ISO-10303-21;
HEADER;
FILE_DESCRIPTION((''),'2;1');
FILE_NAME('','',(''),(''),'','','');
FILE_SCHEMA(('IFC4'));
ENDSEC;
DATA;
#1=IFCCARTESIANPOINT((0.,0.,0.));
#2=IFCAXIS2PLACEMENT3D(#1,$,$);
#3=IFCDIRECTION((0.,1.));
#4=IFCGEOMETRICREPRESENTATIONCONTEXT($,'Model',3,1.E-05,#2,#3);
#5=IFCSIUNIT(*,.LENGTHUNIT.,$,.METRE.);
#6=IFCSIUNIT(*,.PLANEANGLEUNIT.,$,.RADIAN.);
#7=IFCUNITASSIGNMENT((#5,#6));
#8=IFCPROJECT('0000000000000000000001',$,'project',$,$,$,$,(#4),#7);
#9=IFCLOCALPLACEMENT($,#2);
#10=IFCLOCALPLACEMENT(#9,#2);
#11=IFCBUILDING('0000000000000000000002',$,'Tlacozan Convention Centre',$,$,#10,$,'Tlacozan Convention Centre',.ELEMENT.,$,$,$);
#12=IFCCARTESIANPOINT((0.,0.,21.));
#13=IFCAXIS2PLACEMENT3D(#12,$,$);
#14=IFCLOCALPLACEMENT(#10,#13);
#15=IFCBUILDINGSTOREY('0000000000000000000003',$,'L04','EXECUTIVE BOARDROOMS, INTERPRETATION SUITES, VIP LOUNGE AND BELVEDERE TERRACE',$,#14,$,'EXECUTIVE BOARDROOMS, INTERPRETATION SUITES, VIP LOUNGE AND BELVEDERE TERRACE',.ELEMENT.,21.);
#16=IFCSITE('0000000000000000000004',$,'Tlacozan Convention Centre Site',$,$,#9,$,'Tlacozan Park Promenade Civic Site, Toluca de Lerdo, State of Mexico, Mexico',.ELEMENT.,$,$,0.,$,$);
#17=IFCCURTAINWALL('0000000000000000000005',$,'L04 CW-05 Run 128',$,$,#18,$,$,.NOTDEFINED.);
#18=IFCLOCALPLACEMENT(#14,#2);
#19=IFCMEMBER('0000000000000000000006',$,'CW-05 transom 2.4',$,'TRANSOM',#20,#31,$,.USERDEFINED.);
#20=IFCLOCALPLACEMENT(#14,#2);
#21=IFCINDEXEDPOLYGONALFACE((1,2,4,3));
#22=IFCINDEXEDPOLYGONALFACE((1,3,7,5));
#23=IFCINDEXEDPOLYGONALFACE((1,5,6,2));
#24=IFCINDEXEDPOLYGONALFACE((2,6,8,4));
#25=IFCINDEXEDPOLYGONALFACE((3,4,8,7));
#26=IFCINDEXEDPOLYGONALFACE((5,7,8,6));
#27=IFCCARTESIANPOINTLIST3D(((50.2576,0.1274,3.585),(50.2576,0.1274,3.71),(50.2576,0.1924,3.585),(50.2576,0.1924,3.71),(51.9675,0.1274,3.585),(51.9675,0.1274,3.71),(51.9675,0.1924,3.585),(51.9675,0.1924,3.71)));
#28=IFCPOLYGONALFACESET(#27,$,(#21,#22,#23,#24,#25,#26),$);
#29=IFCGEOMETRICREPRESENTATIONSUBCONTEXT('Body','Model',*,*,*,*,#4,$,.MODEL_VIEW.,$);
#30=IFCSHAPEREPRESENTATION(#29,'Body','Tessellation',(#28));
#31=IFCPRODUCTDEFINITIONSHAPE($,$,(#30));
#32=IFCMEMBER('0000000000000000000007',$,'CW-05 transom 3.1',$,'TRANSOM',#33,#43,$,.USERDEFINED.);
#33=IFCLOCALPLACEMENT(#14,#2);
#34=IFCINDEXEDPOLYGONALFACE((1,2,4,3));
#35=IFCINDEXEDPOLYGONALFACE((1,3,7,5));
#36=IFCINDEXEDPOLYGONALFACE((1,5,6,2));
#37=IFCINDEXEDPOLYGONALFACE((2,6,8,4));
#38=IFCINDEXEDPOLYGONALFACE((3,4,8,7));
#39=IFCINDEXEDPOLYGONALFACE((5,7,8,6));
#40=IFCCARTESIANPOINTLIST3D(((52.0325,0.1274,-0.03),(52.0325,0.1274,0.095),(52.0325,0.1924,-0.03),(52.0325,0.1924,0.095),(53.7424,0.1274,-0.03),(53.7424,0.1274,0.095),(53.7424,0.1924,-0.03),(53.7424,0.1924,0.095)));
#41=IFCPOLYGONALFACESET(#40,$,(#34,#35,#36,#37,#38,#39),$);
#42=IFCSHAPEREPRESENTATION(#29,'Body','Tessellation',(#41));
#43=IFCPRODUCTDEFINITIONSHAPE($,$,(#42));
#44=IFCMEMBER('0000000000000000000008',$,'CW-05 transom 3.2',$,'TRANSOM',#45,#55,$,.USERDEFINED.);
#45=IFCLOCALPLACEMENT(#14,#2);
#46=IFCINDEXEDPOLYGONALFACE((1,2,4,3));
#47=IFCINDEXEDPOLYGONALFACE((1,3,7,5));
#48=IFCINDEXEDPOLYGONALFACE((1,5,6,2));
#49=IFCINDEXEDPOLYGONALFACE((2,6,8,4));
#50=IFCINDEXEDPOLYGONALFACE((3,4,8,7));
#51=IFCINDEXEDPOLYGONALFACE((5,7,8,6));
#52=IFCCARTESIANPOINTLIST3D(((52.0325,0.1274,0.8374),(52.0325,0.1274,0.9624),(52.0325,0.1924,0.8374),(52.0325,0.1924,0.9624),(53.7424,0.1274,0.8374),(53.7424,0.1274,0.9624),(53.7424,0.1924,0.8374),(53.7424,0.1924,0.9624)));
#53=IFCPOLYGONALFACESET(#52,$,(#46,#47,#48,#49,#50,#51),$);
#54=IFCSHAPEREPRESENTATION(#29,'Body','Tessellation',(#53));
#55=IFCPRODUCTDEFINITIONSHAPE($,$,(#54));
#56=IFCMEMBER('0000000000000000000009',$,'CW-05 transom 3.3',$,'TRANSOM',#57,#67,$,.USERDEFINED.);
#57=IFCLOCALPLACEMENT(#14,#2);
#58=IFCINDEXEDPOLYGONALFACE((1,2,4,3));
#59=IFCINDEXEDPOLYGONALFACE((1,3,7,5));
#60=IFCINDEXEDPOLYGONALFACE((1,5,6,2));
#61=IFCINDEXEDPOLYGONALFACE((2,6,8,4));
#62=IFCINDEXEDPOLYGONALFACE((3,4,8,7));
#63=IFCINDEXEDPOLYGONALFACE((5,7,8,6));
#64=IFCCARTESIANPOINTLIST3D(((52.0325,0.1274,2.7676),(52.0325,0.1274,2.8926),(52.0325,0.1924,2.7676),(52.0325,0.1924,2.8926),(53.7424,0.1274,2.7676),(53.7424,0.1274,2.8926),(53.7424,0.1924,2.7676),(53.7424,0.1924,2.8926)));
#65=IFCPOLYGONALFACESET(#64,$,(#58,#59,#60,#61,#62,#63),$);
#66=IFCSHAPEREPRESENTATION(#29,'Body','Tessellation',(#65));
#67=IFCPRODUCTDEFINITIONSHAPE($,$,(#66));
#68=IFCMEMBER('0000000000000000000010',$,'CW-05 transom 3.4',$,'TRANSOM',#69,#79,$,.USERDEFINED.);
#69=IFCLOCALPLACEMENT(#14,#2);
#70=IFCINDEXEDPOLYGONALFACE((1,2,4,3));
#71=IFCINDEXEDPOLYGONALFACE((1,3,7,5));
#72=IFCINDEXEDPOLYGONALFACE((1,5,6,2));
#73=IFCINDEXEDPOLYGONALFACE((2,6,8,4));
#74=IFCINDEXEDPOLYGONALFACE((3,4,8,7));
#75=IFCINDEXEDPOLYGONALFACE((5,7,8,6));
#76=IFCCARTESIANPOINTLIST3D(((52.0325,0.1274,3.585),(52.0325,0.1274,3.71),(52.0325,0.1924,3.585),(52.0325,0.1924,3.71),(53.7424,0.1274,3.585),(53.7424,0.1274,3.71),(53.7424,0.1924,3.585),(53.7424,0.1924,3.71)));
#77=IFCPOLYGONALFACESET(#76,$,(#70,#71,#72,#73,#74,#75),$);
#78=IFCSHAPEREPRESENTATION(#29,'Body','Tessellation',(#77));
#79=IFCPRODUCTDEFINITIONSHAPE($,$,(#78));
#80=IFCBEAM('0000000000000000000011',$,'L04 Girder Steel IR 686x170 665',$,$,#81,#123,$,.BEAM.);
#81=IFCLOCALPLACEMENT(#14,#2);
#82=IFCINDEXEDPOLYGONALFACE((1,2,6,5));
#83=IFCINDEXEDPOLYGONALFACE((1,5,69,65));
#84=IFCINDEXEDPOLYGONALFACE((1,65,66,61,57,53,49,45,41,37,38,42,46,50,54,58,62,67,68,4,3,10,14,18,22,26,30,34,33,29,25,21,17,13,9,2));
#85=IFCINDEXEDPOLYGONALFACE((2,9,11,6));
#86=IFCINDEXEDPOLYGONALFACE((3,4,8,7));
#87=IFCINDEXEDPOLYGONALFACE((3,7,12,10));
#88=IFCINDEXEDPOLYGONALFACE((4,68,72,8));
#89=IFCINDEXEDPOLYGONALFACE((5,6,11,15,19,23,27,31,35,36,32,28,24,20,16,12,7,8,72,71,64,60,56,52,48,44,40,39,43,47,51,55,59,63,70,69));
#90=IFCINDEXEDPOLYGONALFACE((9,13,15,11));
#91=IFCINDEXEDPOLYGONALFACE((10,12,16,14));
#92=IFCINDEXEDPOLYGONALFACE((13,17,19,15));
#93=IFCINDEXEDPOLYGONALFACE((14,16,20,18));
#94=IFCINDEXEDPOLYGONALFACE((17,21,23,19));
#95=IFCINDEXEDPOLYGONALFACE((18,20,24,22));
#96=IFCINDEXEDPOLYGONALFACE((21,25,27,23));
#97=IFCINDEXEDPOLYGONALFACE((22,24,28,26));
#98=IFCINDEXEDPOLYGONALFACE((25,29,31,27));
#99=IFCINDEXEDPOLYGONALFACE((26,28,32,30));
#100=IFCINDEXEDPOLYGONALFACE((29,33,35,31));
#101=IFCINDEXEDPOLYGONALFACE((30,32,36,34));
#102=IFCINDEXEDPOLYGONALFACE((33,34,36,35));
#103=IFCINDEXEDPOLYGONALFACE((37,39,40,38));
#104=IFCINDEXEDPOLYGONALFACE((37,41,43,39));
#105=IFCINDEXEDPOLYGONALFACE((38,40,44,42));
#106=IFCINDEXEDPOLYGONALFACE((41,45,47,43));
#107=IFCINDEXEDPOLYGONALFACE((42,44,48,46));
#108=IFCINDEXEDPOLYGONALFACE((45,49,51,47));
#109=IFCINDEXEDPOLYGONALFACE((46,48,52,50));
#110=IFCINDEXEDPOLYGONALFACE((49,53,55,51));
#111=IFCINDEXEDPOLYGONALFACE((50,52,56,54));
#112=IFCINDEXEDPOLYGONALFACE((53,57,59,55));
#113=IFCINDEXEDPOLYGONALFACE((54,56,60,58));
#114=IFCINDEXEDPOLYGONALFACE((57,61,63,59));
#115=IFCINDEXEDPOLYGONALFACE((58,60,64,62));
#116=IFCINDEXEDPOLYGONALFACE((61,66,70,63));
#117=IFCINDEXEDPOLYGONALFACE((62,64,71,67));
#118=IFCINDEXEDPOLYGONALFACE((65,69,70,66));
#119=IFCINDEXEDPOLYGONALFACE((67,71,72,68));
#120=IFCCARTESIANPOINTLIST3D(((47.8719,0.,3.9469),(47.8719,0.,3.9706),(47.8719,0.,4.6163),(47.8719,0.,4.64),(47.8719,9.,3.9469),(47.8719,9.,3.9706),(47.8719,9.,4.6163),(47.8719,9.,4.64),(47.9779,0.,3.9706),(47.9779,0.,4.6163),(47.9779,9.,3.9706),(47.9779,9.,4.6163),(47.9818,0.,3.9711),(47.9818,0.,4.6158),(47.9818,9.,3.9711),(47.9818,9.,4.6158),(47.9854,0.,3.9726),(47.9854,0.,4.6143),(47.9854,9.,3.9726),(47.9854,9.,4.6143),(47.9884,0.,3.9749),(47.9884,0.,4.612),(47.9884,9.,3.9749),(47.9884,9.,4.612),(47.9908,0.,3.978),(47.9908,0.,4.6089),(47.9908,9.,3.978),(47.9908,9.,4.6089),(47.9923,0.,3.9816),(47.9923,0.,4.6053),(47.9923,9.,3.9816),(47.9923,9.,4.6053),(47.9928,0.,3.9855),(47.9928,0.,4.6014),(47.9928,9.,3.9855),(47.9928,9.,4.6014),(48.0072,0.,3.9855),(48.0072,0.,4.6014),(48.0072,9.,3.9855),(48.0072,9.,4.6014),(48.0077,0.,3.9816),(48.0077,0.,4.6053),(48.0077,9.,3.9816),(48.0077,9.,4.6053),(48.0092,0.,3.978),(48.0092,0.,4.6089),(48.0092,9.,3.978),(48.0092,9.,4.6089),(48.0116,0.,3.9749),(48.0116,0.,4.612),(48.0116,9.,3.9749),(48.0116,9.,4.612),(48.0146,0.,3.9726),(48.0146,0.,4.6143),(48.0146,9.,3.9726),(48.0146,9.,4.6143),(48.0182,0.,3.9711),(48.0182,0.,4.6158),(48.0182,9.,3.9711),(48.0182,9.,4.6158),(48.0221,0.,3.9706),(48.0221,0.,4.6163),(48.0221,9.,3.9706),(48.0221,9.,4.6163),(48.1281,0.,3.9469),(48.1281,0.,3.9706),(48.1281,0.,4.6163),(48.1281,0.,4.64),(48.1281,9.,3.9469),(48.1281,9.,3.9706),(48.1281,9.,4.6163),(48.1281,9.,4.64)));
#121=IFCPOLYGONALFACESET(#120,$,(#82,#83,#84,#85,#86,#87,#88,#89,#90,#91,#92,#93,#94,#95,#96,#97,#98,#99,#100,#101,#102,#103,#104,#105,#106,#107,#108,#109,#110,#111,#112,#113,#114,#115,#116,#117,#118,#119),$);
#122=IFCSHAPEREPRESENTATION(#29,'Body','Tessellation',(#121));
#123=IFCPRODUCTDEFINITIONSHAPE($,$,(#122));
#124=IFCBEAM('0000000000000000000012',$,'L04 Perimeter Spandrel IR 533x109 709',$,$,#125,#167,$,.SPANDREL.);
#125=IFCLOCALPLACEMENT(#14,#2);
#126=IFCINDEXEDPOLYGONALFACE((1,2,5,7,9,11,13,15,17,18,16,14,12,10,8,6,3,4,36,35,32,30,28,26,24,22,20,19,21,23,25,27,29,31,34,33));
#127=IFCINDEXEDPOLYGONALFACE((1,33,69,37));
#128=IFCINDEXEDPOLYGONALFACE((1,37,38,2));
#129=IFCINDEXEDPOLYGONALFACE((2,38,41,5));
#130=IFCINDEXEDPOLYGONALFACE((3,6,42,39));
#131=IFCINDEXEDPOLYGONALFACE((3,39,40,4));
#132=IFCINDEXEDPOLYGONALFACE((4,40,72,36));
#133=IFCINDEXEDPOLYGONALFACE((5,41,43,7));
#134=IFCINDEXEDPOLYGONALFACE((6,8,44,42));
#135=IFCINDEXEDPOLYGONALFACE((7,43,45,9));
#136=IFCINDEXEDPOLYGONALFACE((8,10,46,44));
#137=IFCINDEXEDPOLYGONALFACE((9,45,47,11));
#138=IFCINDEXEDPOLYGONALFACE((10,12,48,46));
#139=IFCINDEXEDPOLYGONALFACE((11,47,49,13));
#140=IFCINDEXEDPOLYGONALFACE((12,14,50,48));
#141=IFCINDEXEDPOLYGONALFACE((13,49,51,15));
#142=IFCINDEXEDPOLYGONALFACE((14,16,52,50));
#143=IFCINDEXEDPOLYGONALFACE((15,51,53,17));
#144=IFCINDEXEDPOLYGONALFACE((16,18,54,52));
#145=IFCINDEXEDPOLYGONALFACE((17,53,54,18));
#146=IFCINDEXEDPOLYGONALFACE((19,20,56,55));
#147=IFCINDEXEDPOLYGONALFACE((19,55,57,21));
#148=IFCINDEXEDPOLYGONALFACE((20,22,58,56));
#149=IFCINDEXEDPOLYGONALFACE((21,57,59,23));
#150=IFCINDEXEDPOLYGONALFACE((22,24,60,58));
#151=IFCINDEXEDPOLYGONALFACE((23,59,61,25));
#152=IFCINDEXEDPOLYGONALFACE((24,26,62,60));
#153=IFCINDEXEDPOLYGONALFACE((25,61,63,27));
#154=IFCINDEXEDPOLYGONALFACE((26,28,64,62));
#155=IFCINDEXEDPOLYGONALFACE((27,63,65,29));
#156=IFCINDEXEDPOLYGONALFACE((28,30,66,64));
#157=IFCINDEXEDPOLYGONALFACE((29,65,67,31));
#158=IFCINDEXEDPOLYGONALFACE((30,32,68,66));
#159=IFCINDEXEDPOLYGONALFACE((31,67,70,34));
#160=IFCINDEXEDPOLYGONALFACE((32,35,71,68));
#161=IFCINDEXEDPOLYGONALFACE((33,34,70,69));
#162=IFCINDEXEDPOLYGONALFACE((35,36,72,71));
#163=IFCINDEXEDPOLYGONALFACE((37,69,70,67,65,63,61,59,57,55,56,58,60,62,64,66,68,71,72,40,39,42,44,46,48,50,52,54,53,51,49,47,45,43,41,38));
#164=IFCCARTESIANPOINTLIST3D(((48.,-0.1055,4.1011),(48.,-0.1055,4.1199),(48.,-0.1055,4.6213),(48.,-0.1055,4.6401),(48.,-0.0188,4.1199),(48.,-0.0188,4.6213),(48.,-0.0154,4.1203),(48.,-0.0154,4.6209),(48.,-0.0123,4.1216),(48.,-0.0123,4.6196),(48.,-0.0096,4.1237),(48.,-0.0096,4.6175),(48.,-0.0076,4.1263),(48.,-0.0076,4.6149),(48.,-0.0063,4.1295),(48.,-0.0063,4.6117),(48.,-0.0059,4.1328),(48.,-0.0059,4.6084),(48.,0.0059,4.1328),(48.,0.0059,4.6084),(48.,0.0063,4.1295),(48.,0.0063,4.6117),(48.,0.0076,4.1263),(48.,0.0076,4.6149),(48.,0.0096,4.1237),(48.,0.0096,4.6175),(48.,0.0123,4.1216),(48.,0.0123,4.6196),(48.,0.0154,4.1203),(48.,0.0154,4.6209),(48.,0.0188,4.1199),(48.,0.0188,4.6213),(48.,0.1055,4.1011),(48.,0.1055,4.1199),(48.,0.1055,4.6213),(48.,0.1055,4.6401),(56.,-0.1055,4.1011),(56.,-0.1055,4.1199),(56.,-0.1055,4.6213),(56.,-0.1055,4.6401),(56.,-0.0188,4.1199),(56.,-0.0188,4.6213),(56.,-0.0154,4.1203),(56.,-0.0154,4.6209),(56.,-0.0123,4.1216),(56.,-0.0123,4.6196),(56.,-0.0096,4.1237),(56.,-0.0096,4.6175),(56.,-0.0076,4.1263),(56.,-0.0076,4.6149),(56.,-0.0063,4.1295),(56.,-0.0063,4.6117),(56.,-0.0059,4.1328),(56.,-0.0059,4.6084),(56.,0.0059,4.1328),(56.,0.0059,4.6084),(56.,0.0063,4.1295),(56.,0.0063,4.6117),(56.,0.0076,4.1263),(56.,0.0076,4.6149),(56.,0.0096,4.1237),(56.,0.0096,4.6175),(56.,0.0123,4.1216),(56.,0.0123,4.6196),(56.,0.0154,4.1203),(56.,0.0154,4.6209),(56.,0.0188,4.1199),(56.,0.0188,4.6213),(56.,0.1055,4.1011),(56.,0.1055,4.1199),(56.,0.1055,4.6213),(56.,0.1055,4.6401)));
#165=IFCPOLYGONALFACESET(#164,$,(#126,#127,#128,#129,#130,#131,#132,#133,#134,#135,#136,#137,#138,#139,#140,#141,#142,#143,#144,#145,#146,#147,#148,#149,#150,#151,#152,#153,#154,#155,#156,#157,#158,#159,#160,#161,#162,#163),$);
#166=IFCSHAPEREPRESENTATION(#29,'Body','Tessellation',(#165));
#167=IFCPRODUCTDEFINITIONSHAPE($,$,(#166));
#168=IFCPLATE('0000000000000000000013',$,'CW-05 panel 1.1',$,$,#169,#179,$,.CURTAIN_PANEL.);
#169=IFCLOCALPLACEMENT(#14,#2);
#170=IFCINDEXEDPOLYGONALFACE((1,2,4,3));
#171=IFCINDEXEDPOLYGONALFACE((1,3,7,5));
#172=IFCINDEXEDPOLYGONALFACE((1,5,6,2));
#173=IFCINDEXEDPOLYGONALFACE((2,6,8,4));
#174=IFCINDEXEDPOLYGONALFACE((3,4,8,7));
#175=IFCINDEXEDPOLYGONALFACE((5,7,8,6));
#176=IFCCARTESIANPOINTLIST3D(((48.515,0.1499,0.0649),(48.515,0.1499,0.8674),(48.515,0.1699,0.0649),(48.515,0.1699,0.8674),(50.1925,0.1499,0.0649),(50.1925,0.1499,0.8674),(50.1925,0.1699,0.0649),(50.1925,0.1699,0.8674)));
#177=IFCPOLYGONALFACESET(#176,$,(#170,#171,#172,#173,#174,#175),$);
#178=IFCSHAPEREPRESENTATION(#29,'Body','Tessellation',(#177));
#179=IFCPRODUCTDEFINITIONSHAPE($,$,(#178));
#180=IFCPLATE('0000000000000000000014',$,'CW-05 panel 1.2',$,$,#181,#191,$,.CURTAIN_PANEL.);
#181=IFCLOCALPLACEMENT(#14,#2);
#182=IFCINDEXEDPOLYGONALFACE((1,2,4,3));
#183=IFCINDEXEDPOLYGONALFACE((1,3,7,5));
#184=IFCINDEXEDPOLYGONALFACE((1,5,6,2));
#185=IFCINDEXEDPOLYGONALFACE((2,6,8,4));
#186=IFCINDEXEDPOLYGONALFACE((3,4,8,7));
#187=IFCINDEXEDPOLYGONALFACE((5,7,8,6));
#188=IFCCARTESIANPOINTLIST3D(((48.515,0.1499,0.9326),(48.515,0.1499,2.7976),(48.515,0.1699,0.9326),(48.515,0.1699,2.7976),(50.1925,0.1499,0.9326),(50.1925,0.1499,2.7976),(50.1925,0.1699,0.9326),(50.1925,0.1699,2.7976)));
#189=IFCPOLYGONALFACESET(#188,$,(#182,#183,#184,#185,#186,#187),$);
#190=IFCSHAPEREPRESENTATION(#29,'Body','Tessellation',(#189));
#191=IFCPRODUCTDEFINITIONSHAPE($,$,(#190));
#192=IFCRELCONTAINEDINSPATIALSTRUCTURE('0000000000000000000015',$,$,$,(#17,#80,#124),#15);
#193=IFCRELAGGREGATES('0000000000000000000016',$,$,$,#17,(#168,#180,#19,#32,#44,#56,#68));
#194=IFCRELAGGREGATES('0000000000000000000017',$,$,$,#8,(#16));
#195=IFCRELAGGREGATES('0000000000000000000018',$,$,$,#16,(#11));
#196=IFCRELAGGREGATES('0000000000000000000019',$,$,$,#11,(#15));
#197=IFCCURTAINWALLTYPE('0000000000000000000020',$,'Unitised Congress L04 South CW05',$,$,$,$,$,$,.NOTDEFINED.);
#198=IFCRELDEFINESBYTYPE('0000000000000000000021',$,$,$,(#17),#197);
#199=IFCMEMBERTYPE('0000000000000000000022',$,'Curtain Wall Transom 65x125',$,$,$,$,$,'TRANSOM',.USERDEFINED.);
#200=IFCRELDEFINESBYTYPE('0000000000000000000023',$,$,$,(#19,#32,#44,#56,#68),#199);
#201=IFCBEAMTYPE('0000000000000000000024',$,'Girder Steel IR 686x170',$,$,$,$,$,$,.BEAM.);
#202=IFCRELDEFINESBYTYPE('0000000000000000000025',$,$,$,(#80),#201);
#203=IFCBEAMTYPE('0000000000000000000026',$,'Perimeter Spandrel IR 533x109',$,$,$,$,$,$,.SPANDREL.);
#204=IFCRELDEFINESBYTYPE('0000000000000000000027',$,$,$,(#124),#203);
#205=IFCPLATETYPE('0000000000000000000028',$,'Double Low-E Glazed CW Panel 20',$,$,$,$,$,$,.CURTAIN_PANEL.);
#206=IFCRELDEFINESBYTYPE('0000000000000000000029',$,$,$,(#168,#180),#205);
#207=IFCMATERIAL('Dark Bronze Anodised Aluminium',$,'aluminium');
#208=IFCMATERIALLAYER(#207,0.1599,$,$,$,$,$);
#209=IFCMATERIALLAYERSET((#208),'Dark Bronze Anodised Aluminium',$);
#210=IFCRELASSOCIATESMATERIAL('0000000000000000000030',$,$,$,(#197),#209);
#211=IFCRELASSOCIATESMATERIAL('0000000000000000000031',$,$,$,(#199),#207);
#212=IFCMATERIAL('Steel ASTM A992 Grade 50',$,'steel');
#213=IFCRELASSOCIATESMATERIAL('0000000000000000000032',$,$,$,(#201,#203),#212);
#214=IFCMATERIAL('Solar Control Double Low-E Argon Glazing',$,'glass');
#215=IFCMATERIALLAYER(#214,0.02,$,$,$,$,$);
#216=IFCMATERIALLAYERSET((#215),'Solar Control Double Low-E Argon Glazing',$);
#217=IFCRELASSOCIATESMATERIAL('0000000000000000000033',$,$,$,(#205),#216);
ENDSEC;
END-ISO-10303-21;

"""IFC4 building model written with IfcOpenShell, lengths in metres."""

from ifc_helpers import new_model, si_unit, direction, frame, origin, origin_2d, place, context, subcontext, project, spatial, rectangle, i_section, extrude, material, layer, layer_set, material_profile, profile_set, type_object, element, aggregate, save


model = new_model("IFC4")

# Units and contexts
model_context = context("Model", 3, precision=1e-05, world=origin(), true_north=direction((0.0, 1.0)))
body_context = subcontext(model_context, "Body", "Model", "MODEL_VIEW")
ifc_project = project(units=[si_unit("LENGTHUNIT", "METRE"), si_unit("PLANEANGLEUNIT", "RADIAN")], contexts=[model_context])

# Site, building, storey
site_placement = place(None, origin())
site = spatial("IfcSite", under=ifc_project, at=site_placement, Name="Tlacozan Convention Centre Site", LongName="Tlacozan Park Promenade Civic Site, Toluca de Lerdo, State of Mexico, Mexico", CompositionType="ELEMENT", RefElevation=0.0)
building_placement = place(site_placement, origin())
building = spatial("IfcBuilding", under=site, at=building_placement, Name="Tlacozan Convention Centre", LongName="Tlacozan Convention Centre", CompositionType="ELEMENT")
storey_placement = place(building_placement, frame((0.0, 0.0, 21.0)))
storey = spatial("IfcBuildingStorey", under=building, at=storey_placement, Name="L04", Description="EXECUTIVE BOARDROOMS, INTERPRETATION SUITES, VIP LOUNGE AND BELVEDERE TERRACE", LongName="EXECUTIVE BOARDROOMS, INTERPRETATION SUITES, VIP LOUNGE AND BELVEDERE TERRACE", CompositionType="ELEMENT", Elevation=21.0)

# Shared definitions
ifc_material_1 = material(Name="Dark Bronze Anodised Aluminium", Category="aluminium")
ifc_layer_1 = layer(ifc_material_1, 0.1599)
ifc_layer_set_1 = layer_set([ifc_layer_1], Name="Dark Bronze Anodised Aluminium")
curtain_wall_type = type_object("IfcCurtainWallType", Name="Unitised Congress L04 South CW05", PredefinedType="NOTDEFINED", material=ifc_layer_set_1)

# Curtain wall, members
curtain_wall_1_placement = place(storey_placement, origin())
curtain_wall_1 = element("IfcCurtainWall", 1, at=curtain_wall_1_placement, inside=storey, type_object=curtain_wall_type, Name="L04 CW-05 Run 128", PredefinedType="NOTDEFINED")
ifc_material_profile_1 = material_profile(ifc_material_1, rectangle(XDim=0.0649, YDim=0.125, at=origin_2d()), Name="ALU 65x125")
ifc_profile_set_1 = profile_set([ifc_material_profile_1], Name="Dark Bronze Anodised Aluminium")
member_type_1 = type_object("IfcMemberType", Name="Curtain Wall Transom 65x125", ElementType="TRANSOM", PredefinedType="USERDEFINED", material=ifc_profile_set_1)
member_1_placement = place(storey_placement, frame((50.2576, 0.1599, 3.6475), z_axis=(1.0, 0.0, 0.0), x_axis=(0.0, 1.0, 0.0)))
member_1 = element("IfcMember", 2, at=member_1_placement, type_object=member_type_1, Name="CW-05 transom 2.4", ObjectType="TRANSOM", PredefinedType="USERDEFINED", context=body_context, shape_type="SweptSolid", body=[
    extrude(rectangle(XDim=0.0649, YDim=0.125, at=origin_2d()), origin(), (0.0, 0.0, 1.0), 1.71),
])
member_2_placement = place(storey_placement, frame((52.0325, 0.1599, 0.0325), z_axis=(1.0, 0.0, 0.0), x_axis=(0.0, 1.0, 0.0)))
member_2 = element("IfcMember", 3, at=member_2_placement, type_object=member_type_1, Name="CW-05 transom 3.1", ObjectType="TRANSOM", PredefinedType="USERDEFINED", context=body_context, shape_type="SweptSolid", body=[
    extrude(rectangle(XDim=0.0649, YDim=0.125, at=origin_2d()), origin(), (0.0, 0.0, 1.0), 1.71),
])
member_3_placement = place(storey_placement, frame((52.0325, 0.1599, 0.8999), z_axis=(1.0, 0.0, 0.0), x_axis=(0.0, 1.0, 0.0)))
member_3 = element("IfcMember", 4, at=member_3_placement, type_object=member_type_1, Name="CW-05 transom 3.2", ObjectType="TRANSOM", PredefinedType="USERDEFINED", context=body_context, shape_type="SweptSolid", body=[
    extrude(rectangle(XDim=0.0649, YDim=0.125, at=origin_2d()), origin(), (0.0, 0.0, 1.0), 1.71),
])
member_4_placement = place(storey_placement, frame((52.0325, 0.1599, 2.8301), z_axis=(1.0, 0.0, 0.0), x_axis=(0.0, 1.0, 0.0)))
member_4 = element("IfcMember", 5, at=member_4_placement, type_object=member_type_1, Name="CW-05 transom 3.3", ObjectType="TRANSOM", PredefinedType="USERDEFINED", context=body_context, shape_type="SweptSolid", body=[
    extrude(rectangle(XDim=0.0649, YDim=0.125, at=origin_2d()), origin(), (0.0, 0.0, 1.0), 1.71),
])
member_5_placement = place(storey_placement, frame((52.0325, 0.1599, 3.6475), z_axis=(1.0, 0.0, 0.0), x_axis=(0.0, 1.0, 0.0)))
member_5 = element("IfcMember", 6, at=member_5_placement, type_object=member_type_1, Name="CW-05 transom 3.4", ObjectType="TRANSOM", PredefinedType="USERDEFINED", context=body_context, shape_type="SweptSolid", body=[
    extrude(rectangle(XDim=0.0649, YDim=0.125, at=origin_2d()), origin(), (0.0, 0.0, 1.0), 1.71),
])

# Beams
ifc_material_2 = material(Name="Steel ASTM A992 Grade 50", Category="steel")
ifc_material_profile_2 = material_profile(ifc_material_2, i_section(OverallWidth=0.2561, OverallDepth=0.6931, WebThickness=0.0144, FlangeThickness=0.0237, FilletRadius=0.0149, at=origin_2d()), Name="IR 686x170.0")
ifc_profile_set_2 = profile_set([ifc_material_profile_2], Name="Steel ASTM A992 Grade 50")
beam_type_1 = type_object("IfcBeamType", Name="Girder Steel IR 686x170", PredefinedType="BEAM", material=ifc_profile_set_2)
beam_1_placement = place(storey_placement, frame((48.0, 0.0, 4.2935), z_axis=(0.0, 1.0, 0.0), x_axis=(-1.0, 0.0, 0.0)))
element("IfcBeam", 7, at=beam_1_placement, inside=storey, type_object=beam_type_1, Name="L04 Girder Steel IR 686x170 665", PredefinedType="BEAM", context=body_context, shape_type="SweptSolid", body=[
    extrude(i_section(OverallWidth=0.2561, OverallDepth=0.6931, WebThickness=0.0144, FlangeThickness=0.0237, FilletRadius=0.0149, at=origin_2d()), origin(), (0.0, 0.0, 1.0), 9.0),
])
ifc_material_profile_3 = material_profile(ifc_material_2, i_section(OverallWidth=0.2109, OverallDepth=0.5391, WebThickness=0.0117, FlangeThickness=0.0188, FilletRadius=0.0129, at=origin_2d()), Name="IR 533x109.0")
ifc_profile_set_3 = profile_set([ifc_material_profile_3], Name="Steel ASTM A992 Grade 50")
beam_type_2 = type_object("IfcBeamType", Name="Perimeter Spandrel IR 533x109", PredefinedType="SPANDREL", material=ifc_profile_set_3)
beam_2_placement = place(storey_placement, frame((48.0, 0.0, 4.3706), z_axis=(1.0, 0.0, 0.0), x_axis=(0.0, 1.0, 0.0)))
element("IfcBeam", 8, at=beam_2_placement, inside=storey, type_object=beam_type_2, Name="L04 Perimeter Spandrel IR 533x109 709", PredefinedType="SPANDREL", context=body_context, shape_type="SweptSolid", body=[
    extrude(i_section(OverallWidth=0.2109, OverallDepth=0.5391, WebThickness=0.0117, FlangeThickness=0.0188, FilletRadius=0.0129, at=origin_2d()), origin(), (0.0, 0.0, 1.0), 8.0),
])

# Plates
ifc_material_3 = material(Name="Solar Control Double Low-E Argon Glazing", Category="glass")
ifc_layer_2 = layer(ifc_material_3, 0.02)
ifc_layer_set_2 = layer_set([ifc_layer_2], Name="Solar Control Double Low-E Argon Glazing")
plate_type = type_object("IfcPlateType", Name="Double Low-E Glazed CW Panel 20", PredefinedType="CURTAIN_PANEL", material=ifc_layer_set_2)
plate_1_placement = place(storey_placement, frame((49.3538, 0.1599, 0.0649), z_axis=(0.0, 0.0, 1.0), x_axis=(1.0, 0.0, 0.0)))
plate_1 = element("IfcPlate", 9, at=plate_1_placement, type_object=plate_type, Name="CW-05 panel 1.1", PredefinedType="CURTAIN_PANEL", context=body_context, shape_type="SweptSolid", body=[
    extrude(rectangle(XDim=1.6775, YDim=0.02, at=origin_2d()), origin(), (0.0, 0.0, 1.0), 0.8025),
])
plate_2_placement = place(storey_placement, frame((49.3538, 0.1599, 0.9326), z_axis=(0.0, 0.0, 1.0), x_axis=(1.0, 0.0, 0.0)))
plate_2 = element("IfcPlate", 10, at=plate_2_placement, type_object=plate_type, Name="CW-05 panel 1.2", PredefinedType="CURTAIN_PANEL", context=body_context, shape_type="SweptSolid", body=[
    extrude(rectangle(XDim=1.6775, YDim=0.02, at=origin_2d()), origin(), (0.0, 0.0, 1.0), 1.865),
])
aggregate(curtain_wall_1, [plate_1, plate_2, member_1, member_2, member_3, member_4, member_5])

save(model, "model.ifc")
